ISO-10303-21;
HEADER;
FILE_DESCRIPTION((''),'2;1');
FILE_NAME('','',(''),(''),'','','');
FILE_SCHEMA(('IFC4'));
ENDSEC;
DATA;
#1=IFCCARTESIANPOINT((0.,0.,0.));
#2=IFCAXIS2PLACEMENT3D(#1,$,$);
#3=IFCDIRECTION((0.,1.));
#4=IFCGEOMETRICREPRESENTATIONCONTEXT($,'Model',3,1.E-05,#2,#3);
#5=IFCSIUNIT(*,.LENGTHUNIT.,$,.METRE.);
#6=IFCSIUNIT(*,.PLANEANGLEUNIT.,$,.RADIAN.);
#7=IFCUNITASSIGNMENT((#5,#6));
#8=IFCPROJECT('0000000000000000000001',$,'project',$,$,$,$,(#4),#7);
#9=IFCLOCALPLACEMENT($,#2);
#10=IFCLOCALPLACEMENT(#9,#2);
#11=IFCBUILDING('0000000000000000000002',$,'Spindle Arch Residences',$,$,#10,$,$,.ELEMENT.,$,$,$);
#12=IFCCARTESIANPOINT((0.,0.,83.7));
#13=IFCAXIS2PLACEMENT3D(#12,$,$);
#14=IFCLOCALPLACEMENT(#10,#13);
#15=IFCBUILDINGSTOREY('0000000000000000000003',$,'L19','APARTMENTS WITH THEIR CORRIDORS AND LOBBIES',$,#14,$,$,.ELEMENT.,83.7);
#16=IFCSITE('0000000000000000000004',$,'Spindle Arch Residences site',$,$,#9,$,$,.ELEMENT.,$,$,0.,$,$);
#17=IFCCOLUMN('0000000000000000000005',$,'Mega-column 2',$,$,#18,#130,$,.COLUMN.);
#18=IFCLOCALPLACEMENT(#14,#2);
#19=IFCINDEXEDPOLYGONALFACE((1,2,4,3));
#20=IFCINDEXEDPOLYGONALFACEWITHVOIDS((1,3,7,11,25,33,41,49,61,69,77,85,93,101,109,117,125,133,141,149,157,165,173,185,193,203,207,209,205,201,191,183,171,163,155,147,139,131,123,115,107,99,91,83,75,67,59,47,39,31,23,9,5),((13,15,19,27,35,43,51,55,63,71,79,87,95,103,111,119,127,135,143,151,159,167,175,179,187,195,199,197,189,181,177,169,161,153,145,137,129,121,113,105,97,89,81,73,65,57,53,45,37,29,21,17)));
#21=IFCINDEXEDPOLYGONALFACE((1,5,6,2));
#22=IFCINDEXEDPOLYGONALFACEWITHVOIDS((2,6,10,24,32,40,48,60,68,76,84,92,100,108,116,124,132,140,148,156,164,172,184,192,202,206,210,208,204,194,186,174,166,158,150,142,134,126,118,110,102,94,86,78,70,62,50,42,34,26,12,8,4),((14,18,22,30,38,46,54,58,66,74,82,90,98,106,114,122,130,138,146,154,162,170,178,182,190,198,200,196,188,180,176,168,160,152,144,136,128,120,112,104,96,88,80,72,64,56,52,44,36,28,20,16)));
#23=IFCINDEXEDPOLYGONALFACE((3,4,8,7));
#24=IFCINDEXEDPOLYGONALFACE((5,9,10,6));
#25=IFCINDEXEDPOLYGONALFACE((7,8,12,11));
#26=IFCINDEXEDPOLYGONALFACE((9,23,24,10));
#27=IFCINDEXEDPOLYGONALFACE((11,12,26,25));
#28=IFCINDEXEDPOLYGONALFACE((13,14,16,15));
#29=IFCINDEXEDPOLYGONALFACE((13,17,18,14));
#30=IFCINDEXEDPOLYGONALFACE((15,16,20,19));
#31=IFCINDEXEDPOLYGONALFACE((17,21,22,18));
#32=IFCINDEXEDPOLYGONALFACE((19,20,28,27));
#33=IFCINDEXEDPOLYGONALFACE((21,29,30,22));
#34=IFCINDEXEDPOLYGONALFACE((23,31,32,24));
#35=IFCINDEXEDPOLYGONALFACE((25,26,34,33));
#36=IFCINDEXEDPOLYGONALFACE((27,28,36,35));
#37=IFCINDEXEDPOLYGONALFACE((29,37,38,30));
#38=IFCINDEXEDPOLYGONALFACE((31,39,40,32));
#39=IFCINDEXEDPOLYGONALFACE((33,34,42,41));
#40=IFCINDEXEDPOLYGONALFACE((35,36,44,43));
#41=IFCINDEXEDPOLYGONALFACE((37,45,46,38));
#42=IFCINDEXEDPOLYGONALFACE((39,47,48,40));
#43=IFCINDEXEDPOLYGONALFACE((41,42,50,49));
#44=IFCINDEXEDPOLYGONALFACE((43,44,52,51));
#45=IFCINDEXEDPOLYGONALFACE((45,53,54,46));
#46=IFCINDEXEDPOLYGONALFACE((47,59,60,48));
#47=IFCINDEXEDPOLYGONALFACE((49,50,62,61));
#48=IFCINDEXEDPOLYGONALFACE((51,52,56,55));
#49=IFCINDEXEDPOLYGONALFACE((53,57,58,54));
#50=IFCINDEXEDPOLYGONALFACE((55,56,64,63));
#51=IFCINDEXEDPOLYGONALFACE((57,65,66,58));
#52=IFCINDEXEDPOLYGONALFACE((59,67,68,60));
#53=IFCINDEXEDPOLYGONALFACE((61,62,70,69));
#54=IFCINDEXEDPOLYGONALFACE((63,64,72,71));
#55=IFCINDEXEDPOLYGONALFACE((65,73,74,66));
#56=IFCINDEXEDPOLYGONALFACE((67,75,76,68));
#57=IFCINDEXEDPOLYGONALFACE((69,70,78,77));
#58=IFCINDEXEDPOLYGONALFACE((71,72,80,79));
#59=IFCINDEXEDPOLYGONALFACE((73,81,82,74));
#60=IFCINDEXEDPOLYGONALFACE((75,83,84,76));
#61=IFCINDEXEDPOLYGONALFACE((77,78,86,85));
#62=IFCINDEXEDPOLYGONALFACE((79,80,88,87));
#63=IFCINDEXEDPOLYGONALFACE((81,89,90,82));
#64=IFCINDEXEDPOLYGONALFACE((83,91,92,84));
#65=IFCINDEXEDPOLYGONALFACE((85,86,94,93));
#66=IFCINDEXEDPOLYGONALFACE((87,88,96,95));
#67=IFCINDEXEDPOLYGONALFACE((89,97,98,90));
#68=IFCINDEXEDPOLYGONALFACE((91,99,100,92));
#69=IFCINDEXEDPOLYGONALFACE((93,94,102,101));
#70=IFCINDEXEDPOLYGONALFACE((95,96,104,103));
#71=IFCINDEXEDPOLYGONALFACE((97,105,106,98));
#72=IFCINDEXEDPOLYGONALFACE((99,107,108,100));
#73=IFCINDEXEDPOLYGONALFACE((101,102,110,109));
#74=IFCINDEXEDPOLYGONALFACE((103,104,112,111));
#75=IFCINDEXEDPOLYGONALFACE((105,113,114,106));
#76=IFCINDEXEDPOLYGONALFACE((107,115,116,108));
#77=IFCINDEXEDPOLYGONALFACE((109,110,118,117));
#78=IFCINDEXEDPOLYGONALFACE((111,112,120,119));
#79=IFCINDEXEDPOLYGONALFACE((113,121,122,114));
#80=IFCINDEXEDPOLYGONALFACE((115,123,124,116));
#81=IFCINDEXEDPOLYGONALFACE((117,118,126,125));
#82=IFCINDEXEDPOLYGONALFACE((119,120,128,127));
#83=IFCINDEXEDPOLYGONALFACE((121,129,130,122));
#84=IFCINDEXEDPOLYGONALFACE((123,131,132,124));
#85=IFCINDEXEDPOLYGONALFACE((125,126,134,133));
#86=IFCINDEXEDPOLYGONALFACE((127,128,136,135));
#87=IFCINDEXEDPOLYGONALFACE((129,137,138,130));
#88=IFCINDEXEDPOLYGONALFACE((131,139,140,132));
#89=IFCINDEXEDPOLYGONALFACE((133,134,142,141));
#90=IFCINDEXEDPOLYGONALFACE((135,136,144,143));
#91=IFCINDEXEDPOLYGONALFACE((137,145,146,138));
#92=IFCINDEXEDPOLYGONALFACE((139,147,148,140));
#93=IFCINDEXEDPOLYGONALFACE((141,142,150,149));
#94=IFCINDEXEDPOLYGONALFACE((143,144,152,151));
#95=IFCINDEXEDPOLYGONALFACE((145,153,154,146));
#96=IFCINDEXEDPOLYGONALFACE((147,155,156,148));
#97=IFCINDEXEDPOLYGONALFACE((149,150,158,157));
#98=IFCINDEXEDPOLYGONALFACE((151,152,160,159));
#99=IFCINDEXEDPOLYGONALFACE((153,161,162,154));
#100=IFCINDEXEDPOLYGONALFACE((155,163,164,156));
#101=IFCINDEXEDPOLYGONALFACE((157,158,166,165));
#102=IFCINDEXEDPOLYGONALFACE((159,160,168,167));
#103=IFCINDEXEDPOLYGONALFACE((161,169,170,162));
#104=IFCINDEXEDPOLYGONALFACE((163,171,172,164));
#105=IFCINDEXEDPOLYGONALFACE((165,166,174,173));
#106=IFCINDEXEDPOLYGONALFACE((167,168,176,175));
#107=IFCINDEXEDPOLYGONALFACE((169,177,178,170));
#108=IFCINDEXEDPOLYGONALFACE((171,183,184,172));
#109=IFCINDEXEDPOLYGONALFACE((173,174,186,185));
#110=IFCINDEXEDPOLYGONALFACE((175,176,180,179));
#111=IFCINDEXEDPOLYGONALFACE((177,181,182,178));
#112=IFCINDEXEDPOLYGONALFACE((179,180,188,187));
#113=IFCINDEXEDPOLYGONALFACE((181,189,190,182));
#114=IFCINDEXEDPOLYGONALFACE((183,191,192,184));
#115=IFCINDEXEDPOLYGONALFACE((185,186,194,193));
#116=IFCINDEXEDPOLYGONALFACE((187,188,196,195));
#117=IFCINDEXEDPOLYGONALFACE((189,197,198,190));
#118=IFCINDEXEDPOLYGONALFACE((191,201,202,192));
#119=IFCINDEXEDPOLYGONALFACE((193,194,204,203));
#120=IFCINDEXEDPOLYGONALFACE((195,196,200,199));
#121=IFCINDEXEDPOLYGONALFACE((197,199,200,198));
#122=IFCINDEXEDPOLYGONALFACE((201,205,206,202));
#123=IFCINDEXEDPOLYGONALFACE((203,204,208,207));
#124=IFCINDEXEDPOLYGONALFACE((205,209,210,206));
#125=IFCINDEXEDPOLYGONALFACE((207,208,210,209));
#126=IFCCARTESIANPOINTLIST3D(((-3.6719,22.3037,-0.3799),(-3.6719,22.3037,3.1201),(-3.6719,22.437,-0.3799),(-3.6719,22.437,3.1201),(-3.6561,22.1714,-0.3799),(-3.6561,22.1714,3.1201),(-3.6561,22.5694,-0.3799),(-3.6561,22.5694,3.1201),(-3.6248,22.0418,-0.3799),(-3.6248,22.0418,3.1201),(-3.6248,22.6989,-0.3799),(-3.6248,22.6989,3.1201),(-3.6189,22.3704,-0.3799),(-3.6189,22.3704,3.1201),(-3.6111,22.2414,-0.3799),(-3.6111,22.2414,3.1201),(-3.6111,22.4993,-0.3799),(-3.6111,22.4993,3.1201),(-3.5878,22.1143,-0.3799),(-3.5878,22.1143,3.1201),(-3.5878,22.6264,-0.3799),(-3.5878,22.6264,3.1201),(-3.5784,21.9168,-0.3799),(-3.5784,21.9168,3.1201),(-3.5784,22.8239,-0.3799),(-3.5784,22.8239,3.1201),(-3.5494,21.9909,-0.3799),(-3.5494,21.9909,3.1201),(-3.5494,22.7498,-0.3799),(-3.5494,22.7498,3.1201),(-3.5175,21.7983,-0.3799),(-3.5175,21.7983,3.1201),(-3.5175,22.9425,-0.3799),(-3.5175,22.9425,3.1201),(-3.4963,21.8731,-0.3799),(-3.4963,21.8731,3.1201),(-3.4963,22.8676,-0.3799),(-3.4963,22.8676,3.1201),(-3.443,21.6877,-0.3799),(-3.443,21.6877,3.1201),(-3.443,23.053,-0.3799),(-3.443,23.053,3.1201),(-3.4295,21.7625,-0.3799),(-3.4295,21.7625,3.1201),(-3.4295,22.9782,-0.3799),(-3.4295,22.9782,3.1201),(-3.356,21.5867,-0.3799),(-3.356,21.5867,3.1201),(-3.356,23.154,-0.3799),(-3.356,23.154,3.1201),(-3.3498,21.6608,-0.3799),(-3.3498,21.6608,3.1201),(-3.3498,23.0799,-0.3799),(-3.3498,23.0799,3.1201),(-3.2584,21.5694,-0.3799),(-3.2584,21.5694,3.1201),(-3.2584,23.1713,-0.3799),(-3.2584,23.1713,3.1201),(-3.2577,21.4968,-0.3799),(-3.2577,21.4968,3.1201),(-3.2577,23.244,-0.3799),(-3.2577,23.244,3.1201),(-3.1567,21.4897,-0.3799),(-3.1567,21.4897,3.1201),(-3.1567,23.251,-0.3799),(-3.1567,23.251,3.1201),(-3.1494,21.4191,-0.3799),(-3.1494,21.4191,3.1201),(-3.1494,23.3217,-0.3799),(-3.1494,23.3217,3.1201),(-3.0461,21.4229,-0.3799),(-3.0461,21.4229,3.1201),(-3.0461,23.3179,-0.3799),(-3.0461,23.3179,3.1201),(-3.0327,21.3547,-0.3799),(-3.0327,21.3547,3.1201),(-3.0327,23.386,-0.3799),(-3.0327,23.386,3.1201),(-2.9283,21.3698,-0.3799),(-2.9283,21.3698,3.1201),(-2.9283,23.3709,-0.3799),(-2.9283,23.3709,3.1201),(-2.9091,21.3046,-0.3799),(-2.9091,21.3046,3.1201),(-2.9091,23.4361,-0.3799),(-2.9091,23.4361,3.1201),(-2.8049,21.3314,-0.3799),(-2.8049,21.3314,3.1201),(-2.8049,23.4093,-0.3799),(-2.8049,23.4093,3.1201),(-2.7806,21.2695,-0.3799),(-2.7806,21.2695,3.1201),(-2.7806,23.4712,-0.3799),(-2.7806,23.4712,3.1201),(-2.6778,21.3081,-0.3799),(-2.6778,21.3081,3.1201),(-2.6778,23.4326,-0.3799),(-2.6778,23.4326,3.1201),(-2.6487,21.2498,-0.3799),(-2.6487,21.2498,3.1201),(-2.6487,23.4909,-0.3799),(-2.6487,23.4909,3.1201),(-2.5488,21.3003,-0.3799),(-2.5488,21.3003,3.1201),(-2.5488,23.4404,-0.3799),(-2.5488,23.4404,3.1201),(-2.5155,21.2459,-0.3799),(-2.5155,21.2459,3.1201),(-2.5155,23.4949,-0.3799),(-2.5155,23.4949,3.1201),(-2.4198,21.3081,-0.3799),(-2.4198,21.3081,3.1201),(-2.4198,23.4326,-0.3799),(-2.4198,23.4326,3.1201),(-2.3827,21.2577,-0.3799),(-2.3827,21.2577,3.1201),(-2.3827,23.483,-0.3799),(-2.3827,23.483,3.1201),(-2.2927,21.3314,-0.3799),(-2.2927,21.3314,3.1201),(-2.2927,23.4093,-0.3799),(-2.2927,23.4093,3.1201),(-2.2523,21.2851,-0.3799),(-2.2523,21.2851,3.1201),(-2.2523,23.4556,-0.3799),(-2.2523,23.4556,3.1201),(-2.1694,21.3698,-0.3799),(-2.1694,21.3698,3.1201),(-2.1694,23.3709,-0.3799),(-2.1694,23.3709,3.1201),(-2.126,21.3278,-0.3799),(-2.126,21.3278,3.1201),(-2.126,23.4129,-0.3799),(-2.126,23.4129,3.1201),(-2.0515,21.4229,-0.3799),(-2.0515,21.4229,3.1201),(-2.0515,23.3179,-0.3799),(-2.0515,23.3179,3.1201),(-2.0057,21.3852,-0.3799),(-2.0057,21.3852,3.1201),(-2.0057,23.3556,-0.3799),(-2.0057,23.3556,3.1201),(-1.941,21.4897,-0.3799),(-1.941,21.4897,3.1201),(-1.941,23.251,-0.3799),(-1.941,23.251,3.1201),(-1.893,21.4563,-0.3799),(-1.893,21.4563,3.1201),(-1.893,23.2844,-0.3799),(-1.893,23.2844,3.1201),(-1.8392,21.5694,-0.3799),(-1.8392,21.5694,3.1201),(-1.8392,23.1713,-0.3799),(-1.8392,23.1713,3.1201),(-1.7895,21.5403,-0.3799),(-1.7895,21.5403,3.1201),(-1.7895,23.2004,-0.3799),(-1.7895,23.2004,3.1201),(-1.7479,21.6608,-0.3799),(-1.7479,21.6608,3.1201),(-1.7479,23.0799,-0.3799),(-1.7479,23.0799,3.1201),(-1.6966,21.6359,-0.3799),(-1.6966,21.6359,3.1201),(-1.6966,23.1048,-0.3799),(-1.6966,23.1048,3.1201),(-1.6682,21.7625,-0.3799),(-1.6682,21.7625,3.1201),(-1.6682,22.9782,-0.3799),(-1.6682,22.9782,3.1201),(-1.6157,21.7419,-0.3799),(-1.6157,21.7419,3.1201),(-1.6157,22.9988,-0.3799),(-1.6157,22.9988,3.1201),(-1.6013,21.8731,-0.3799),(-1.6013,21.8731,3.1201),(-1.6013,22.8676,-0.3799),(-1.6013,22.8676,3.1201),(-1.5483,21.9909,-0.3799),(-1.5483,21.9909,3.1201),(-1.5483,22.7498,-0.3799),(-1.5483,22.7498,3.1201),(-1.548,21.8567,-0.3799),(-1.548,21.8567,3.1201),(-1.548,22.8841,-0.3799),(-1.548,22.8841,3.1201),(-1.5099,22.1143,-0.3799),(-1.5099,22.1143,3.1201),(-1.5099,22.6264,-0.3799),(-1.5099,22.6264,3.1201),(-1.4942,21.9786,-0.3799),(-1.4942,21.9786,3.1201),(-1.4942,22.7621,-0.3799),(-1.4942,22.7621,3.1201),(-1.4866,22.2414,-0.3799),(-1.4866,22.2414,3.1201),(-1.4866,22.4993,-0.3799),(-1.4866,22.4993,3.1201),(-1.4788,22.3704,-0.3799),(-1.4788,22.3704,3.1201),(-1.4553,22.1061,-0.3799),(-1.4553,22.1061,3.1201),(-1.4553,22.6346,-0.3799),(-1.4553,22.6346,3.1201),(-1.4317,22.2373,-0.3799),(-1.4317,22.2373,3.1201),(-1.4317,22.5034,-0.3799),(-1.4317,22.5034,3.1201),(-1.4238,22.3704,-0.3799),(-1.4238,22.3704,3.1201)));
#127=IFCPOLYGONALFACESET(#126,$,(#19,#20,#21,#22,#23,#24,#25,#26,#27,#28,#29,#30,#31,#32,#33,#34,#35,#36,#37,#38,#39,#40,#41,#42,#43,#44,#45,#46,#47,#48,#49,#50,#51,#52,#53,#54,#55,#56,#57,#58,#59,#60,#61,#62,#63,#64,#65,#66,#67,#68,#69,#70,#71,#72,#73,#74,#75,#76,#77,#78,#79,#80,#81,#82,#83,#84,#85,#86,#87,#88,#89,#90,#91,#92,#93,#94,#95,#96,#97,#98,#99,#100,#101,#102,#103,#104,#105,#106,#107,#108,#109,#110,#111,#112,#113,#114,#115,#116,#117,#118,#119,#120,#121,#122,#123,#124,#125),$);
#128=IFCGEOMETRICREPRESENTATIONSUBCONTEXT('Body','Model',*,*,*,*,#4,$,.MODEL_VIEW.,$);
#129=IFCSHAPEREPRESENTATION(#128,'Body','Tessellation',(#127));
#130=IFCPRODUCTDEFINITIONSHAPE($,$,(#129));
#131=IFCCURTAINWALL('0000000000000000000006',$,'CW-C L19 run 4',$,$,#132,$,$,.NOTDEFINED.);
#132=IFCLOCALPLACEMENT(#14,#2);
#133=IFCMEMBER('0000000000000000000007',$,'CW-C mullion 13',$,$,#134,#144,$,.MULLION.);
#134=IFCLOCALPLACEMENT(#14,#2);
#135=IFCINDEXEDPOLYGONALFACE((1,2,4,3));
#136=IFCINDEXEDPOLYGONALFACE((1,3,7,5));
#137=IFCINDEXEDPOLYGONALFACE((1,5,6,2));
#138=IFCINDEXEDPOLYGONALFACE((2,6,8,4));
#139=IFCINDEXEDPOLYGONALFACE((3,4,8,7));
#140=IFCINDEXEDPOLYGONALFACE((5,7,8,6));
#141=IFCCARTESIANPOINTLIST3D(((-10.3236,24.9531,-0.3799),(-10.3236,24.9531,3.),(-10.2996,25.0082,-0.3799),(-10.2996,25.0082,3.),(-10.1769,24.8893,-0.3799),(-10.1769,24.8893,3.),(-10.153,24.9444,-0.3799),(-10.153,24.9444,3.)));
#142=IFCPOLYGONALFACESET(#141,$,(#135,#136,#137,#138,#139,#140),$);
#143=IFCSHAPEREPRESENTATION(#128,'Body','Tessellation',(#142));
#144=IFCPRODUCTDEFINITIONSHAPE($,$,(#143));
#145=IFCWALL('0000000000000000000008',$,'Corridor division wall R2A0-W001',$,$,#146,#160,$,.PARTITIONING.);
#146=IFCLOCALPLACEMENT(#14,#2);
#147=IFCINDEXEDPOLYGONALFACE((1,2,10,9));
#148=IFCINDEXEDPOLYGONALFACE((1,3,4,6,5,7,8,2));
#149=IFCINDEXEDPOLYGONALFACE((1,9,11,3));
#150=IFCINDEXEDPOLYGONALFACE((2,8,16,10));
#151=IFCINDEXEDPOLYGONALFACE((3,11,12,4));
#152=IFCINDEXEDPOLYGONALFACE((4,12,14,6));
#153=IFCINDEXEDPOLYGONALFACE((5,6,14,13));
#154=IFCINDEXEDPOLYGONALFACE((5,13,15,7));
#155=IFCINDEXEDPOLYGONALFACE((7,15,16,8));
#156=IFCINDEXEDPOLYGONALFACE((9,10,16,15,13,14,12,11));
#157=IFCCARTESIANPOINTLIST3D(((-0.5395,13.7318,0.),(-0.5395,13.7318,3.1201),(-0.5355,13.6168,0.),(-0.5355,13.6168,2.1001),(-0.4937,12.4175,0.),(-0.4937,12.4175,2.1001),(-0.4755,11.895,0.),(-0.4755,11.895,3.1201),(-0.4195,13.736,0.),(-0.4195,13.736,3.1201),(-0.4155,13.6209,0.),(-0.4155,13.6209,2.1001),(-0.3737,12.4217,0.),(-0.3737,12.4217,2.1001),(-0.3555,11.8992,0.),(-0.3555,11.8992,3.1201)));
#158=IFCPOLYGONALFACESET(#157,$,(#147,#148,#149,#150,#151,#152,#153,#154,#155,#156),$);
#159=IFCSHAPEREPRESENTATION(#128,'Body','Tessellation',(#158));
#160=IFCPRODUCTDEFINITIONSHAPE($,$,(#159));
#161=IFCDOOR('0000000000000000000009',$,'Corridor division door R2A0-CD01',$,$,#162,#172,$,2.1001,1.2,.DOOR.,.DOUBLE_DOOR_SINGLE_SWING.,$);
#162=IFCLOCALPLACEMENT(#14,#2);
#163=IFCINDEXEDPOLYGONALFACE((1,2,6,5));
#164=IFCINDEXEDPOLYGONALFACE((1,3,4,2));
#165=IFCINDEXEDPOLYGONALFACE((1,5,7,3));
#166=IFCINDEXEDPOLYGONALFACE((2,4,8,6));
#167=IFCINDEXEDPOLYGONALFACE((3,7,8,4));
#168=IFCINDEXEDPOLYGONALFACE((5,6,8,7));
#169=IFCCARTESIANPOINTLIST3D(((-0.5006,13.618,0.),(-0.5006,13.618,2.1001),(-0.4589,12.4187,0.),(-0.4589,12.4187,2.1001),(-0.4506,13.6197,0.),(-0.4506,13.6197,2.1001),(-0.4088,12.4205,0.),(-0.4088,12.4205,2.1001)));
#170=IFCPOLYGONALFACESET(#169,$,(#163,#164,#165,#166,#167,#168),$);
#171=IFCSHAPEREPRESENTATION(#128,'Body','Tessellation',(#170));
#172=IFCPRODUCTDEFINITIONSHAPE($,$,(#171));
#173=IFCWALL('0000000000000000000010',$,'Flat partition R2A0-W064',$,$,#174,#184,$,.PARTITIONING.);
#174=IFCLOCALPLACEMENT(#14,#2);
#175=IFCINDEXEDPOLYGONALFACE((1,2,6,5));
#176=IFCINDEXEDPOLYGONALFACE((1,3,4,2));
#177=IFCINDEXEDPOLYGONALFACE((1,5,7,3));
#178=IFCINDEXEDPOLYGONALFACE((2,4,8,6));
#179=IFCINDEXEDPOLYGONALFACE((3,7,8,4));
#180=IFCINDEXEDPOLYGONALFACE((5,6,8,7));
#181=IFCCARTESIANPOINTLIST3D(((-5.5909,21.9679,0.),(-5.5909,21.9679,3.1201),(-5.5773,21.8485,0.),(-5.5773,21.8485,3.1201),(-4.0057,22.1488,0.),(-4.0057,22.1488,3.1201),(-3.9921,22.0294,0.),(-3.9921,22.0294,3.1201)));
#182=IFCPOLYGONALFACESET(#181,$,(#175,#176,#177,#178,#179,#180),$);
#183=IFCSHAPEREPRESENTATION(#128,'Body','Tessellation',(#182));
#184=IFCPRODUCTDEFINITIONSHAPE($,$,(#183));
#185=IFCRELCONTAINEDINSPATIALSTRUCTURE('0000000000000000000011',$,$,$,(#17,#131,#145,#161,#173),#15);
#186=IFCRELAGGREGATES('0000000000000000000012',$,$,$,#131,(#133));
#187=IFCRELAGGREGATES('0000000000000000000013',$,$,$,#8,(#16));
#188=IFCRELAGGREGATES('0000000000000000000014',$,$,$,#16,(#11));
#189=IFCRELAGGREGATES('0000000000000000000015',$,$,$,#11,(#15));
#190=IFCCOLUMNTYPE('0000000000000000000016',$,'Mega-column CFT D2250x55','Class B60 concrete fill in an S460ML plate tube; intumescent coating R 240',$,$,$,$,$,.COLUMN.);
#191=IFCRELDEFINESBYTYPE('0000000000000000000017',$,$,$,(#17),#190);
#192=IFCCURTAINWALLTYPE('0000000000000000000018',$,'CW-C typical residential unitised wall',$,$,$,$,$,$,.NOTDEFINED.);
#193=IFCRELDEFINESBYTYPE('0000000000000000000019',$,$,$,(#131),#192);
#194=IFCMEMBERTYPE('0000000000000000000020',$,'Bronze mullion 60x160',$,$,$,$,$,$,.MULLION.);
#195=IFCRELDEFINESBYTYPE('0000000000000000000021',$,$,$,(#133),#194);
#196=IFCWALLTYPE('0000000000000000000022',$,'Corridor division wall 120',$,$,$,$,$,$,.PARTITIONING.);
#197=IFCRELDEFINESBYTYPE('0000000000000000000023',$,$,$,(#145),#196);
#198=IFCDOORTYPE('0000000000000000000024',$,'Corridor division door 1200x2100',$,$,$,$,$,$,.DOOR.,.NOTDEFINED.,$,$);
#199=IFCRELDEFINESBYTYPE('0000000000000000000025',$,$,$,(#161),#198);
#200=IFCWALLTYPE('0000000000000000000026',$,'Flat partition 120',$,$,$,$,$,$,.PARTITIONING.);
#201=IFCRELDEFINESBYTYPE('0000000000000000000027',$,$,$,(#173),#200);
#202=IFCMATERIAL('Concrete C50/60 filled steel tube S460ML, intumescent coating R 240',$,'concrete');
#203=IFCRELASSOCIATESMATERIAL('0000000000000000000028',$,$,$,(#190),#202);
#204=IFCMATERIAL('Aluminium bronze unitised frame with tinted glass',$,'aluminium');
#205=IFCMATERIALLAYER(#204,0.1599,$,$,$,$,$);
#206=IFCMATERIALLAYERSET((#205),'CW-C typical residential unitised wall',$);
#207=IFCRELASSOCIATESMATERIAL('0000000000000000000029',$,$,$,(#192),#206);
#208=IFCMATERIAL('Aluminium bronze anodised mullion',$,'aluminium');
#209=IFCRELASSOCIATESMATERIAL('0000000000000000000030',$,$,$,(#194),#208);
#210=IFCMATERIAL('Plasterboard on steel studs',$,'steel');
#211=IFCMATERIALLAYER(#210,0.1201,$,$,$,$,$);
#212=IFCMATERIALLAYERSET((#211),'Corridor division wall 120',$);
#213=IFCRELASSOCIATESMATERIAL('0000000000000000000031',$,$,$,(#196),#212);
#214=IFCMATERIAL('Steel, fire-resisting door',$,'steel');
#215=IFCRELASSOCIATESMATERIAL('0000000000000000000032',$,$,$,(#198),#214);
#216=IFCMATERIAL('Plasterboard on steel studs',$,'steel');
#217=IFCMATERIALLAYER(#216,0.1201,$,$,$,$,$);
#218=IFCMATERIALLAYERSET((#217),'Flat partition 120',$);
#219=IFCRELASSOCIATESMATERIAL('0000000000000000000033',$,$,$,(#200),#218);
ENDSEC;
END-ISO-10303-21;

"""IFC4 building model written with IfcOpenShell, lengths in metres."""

from ifc_helpers import new_model, si_unit, direction, frame, frame_2d, origin, origin_2d, place, context, subcontext, project, spatial, rectangle, hollow_circle, extrude, material, layer, layer_set, material_profile, profile_set, type_object, element, fill, aggregate, save


model = new_model("IFC4")

# Units and contexts
model_context = context("Model", 3, precision=1e-05, world=origin(), true_north=direction((0.0, 1.0)))
body_context = subcontext(model_context, "Body", "Model", "MODEL_VIEW")
ifc_project = project(units=[si_unit("LENGTHUNIT", "METRE"), si_unit("PLANEANGLEUNIT", "RADIAN")], contexts=[model_context])

# Site, building, storey
site_placement = place(None, origin())
site = spatial("IfcSite", under=ifc_project, at=site_placement, Name="Spindle Arch Residences site", CompositionType="ELEMENT", RefElevation=0.0)
building_placement = place(site_placement, origin())
building = spatial("IfcBuilding", under=site, at=building_placement, Name="Spindle Arch Residences", CompositionType="ELEMENT")
storey_placement = place(building_placement, frame((0.0, 0.0, 83.7)))
storey = spatial("IfcBuildingStorey", under=building, at=storey_placement, Name="L19", Description="APARTMENTS WITH THEIR CORRIDORS AND LOBBIES", CompositionType="ELEMENT", Elevation=83.7)

# Column
ifc_material_1 = material(Name="Concrete C50/60 filled steel tube S460ML, intumescent coating R 240", Category="concrete")
ifc_material_profile_1 = material_profile(ifc_material_1, hollow_circle(Radius=1.125, WallThickness=0.0549, at=origin_2d()), Name="CFT D2250x55")
ifc_profile_set_1 = profile_set([ifc_material_profile_1], Name="Concrete C50/60 filled steel tube S460ML, intumescent coating R 240")
column_type = type_object("IfcColumnType", Name="Mega-column CFT D2250x55", Description="Class B60 concrete fill in an S460ML plate tube; intumescent coating R 240", PredefinedType="COLUMN", material=ifc_profile_set_1)
column_placement = place(storey_placement, frame((-2.5488, 22.3704, -0.3799), z_axis=(0.0, 0.0, 1.0), x_axis=(1.0, 0.0, 0.0)))
element("IfcColumn", 1, at=column_placement, inside=storey, type_object=column_type, Name="Mega-column 2", PredefinedType="COLUMN", context=body_context, shape_type="SweptSolid", body=[
    extrude(hollow_circle(Radius=1.125, WallThickness=0.0549, at=origin_2d()), origin(), (0.0, 0.0, 1.0), 3.5),
])

# Curtain wall, member
ifc_material_2 = material(Name="Aluminium bronze unitised frame with tinted glass", Category="aluminium")
ifc_layer_1 = layer(ifc_material_2, 0.1599)
ifc_layer_set_1 = layer_set([ifc_layer_1], Name="CW-C typical residential unitised wall")
curtain_wall_type = type_object("IfcCurtainWallType", Name="CW-C typical residential unitised wall", PredefinedType="NOTDEFINED", material=ifc_layer_set_1)
curtain_wall_placement = place(storey_placement, origin())
curtain_wall = element("IfcCurtainWall", 2, at=curtain_wall_placement, inside=storey, type_object=curtain_wall_type, Name="CW-C L19 run 4", PredefinedType="NOTDEFINED")
ifc_material_3 = material(Name="Aluminium bronze anodised mullion", Category="aluminium")
ifc_material_profile_2 = material_profile(ifc_material_3, rectangle(XDim=0.1599, YDim=0.0601, at=origin_2d()), Name="MU 60x160")
ifc_profile_set_2 = profile_set([ifc_material_profile_2], Name="Aluminium bronze anodised mullion")
member_type = type_object("IfcMemberType", Name="Bronze mullion 60x160", PredefinedType="MULLION", material=ifc_profile_set_2)
member_placement = place(storey_placement, frame((-10.2383, 24.9487, -0.3799), z_axis=(0.0, 0.0, 1.0), x_axis=(0.91706, -0.398749, 0.0)))
member = element("IfcMember", 3, at=member_placement, type_object=member_type, Name="CW-C mullion 13", PredefinedType="MULLION", context=body_context, shape_type="SweptSolid", body=[
    extrude(rectangle(XDim=0.1599, YDim=0.0601, at=origin_2d()), origin(), (0.0, 0.0, 1.0), 3.3799),
])
aggregate(curtain_wall, [member])

# Wall, opening, door
ifc_material_4 = material(Name="Plasterboard on steel studs", Category="steel")
ifc_layer_2 = layer(ifc_material_4, 0.1201)
ifc_layer_set_2 = layer_set([ifc_layer_2], Name="Corridor division wall 120")
wall_type_1 = type_object("IfcWallType", Name="Corridor division wall 120", PredefinedType="PARTITIONING", material=ifc_layer_set_2)
wall_1_placement = place(storey_placement, frame((-0.4795, 13.7339, 0.0), z_axis=(0.0, 0.0, 1.0), x_axis=(0.034805, -0.999394, 0.0)))
wall_1 = element("IfcWall", 4, at=wall_1_placement, inside=storey, type_object=wall_type_1, Name="Corridor division wall R2A0-W001", PredefinedType="PARTITIONING", context=body_context, shape_type="SweptSolid", body=[
    extrude(rectangle(XDim=1.8379, YDim=0.1201, at=frame_2d((0.9189, 0.0))), origin(), (0.0, 0.0, 1.0), 3.1201),
])
opening_1_placement = place(wall_1_placement, frame((0.115, 0.0, 0.0)))
opening_1 = element("IfcOpeningElement", 5, at=opening_1_placement, cuts=wall_1, PredefinedType="OPENING", context=body_context, shape_type="SweptSolid", body=[
    extrude(rectangle(XDim=1.2, YDim=2.1001, at=frame_2d((0.6001, 1.05))), frame((0.0, 0.0701, 0.0), z_axis=(0.0, -1.0, 0.0), x_axis=(1.0, 0.0, 0.0)), (0.0, 0.0, 1.0), 0.1401),
])
ifc_material_5 = material(Name="Steel, fire-resisting door", Category="steel")
door_type_1 = type_object("IfcDoorType", Name="Corridor division door 1200x2100", OperationType="NOTDEFINED", PredefinedType="DOOR", material=ifc_material_5)
door_1_placement = place(opening_1_placement, origin())
door_1 = element("IfcDoor", 6, at=door_1_placement, inside=storey, type_object=door_type_1, Name="Corridor division door R2A0-CD01", OperationType="DOUBLE_DOOR_SINGLE_SWING", OverallHeight=2.1001, OverallWidth=1.2, PredefinedType="DOOR", context=body_context, shape_type="SweptSolid", body=[
    extrude(rectangle(XDim=1.2, YDim=2.1001, at=frame_2d((0.6001, 1.05))), frame((0.0, 0.0249, 0.0), z_axis=(0.0, -1.0, 0.0), x_axis=(1.0, 0.0, 0.0)), (0.0, 0.0, 1.0), 0.05),
])
fill(opening_1, door_1)

# Wall
ifc_material_6 = material(Name="Plasterboard on steel studs", Category="steel")
ifc_layer_3 = layer(ifc_material_6, 0.1201)
ifc_layer_set_3 = layer_set([ifc_layer_3], Name="Flat partition 120")
wall_type_2 = type_object("IfcWallType", Name="Flat partition 120", PredefinedType="PARTITIONING", material=ifc_layer_set_3)
wall_2_placement = place(storey_placement, frame((-3.9988, 22.0891, 0.0), z_axis=(0.0, 0.0, 1.0), x_axis=(-0.993551, -0.113387, 0.0)))
element("IfcWall", 7, at=wall_2_placement, inside=storey, type_object=wall_type_2, Name="Flat partition R2A0-W064", PredefinedType="PARTITIONING", context=body_context, shape_type="SweptSolid", body=[
    extrude(rectangle(XDim=1.5955, YDim=0.1201, at=frame_2d((0.7979, 0.0))), origin(), (0.0, 0.0, 1.0), 3.1201),
])

save(model, "model.ifc")
